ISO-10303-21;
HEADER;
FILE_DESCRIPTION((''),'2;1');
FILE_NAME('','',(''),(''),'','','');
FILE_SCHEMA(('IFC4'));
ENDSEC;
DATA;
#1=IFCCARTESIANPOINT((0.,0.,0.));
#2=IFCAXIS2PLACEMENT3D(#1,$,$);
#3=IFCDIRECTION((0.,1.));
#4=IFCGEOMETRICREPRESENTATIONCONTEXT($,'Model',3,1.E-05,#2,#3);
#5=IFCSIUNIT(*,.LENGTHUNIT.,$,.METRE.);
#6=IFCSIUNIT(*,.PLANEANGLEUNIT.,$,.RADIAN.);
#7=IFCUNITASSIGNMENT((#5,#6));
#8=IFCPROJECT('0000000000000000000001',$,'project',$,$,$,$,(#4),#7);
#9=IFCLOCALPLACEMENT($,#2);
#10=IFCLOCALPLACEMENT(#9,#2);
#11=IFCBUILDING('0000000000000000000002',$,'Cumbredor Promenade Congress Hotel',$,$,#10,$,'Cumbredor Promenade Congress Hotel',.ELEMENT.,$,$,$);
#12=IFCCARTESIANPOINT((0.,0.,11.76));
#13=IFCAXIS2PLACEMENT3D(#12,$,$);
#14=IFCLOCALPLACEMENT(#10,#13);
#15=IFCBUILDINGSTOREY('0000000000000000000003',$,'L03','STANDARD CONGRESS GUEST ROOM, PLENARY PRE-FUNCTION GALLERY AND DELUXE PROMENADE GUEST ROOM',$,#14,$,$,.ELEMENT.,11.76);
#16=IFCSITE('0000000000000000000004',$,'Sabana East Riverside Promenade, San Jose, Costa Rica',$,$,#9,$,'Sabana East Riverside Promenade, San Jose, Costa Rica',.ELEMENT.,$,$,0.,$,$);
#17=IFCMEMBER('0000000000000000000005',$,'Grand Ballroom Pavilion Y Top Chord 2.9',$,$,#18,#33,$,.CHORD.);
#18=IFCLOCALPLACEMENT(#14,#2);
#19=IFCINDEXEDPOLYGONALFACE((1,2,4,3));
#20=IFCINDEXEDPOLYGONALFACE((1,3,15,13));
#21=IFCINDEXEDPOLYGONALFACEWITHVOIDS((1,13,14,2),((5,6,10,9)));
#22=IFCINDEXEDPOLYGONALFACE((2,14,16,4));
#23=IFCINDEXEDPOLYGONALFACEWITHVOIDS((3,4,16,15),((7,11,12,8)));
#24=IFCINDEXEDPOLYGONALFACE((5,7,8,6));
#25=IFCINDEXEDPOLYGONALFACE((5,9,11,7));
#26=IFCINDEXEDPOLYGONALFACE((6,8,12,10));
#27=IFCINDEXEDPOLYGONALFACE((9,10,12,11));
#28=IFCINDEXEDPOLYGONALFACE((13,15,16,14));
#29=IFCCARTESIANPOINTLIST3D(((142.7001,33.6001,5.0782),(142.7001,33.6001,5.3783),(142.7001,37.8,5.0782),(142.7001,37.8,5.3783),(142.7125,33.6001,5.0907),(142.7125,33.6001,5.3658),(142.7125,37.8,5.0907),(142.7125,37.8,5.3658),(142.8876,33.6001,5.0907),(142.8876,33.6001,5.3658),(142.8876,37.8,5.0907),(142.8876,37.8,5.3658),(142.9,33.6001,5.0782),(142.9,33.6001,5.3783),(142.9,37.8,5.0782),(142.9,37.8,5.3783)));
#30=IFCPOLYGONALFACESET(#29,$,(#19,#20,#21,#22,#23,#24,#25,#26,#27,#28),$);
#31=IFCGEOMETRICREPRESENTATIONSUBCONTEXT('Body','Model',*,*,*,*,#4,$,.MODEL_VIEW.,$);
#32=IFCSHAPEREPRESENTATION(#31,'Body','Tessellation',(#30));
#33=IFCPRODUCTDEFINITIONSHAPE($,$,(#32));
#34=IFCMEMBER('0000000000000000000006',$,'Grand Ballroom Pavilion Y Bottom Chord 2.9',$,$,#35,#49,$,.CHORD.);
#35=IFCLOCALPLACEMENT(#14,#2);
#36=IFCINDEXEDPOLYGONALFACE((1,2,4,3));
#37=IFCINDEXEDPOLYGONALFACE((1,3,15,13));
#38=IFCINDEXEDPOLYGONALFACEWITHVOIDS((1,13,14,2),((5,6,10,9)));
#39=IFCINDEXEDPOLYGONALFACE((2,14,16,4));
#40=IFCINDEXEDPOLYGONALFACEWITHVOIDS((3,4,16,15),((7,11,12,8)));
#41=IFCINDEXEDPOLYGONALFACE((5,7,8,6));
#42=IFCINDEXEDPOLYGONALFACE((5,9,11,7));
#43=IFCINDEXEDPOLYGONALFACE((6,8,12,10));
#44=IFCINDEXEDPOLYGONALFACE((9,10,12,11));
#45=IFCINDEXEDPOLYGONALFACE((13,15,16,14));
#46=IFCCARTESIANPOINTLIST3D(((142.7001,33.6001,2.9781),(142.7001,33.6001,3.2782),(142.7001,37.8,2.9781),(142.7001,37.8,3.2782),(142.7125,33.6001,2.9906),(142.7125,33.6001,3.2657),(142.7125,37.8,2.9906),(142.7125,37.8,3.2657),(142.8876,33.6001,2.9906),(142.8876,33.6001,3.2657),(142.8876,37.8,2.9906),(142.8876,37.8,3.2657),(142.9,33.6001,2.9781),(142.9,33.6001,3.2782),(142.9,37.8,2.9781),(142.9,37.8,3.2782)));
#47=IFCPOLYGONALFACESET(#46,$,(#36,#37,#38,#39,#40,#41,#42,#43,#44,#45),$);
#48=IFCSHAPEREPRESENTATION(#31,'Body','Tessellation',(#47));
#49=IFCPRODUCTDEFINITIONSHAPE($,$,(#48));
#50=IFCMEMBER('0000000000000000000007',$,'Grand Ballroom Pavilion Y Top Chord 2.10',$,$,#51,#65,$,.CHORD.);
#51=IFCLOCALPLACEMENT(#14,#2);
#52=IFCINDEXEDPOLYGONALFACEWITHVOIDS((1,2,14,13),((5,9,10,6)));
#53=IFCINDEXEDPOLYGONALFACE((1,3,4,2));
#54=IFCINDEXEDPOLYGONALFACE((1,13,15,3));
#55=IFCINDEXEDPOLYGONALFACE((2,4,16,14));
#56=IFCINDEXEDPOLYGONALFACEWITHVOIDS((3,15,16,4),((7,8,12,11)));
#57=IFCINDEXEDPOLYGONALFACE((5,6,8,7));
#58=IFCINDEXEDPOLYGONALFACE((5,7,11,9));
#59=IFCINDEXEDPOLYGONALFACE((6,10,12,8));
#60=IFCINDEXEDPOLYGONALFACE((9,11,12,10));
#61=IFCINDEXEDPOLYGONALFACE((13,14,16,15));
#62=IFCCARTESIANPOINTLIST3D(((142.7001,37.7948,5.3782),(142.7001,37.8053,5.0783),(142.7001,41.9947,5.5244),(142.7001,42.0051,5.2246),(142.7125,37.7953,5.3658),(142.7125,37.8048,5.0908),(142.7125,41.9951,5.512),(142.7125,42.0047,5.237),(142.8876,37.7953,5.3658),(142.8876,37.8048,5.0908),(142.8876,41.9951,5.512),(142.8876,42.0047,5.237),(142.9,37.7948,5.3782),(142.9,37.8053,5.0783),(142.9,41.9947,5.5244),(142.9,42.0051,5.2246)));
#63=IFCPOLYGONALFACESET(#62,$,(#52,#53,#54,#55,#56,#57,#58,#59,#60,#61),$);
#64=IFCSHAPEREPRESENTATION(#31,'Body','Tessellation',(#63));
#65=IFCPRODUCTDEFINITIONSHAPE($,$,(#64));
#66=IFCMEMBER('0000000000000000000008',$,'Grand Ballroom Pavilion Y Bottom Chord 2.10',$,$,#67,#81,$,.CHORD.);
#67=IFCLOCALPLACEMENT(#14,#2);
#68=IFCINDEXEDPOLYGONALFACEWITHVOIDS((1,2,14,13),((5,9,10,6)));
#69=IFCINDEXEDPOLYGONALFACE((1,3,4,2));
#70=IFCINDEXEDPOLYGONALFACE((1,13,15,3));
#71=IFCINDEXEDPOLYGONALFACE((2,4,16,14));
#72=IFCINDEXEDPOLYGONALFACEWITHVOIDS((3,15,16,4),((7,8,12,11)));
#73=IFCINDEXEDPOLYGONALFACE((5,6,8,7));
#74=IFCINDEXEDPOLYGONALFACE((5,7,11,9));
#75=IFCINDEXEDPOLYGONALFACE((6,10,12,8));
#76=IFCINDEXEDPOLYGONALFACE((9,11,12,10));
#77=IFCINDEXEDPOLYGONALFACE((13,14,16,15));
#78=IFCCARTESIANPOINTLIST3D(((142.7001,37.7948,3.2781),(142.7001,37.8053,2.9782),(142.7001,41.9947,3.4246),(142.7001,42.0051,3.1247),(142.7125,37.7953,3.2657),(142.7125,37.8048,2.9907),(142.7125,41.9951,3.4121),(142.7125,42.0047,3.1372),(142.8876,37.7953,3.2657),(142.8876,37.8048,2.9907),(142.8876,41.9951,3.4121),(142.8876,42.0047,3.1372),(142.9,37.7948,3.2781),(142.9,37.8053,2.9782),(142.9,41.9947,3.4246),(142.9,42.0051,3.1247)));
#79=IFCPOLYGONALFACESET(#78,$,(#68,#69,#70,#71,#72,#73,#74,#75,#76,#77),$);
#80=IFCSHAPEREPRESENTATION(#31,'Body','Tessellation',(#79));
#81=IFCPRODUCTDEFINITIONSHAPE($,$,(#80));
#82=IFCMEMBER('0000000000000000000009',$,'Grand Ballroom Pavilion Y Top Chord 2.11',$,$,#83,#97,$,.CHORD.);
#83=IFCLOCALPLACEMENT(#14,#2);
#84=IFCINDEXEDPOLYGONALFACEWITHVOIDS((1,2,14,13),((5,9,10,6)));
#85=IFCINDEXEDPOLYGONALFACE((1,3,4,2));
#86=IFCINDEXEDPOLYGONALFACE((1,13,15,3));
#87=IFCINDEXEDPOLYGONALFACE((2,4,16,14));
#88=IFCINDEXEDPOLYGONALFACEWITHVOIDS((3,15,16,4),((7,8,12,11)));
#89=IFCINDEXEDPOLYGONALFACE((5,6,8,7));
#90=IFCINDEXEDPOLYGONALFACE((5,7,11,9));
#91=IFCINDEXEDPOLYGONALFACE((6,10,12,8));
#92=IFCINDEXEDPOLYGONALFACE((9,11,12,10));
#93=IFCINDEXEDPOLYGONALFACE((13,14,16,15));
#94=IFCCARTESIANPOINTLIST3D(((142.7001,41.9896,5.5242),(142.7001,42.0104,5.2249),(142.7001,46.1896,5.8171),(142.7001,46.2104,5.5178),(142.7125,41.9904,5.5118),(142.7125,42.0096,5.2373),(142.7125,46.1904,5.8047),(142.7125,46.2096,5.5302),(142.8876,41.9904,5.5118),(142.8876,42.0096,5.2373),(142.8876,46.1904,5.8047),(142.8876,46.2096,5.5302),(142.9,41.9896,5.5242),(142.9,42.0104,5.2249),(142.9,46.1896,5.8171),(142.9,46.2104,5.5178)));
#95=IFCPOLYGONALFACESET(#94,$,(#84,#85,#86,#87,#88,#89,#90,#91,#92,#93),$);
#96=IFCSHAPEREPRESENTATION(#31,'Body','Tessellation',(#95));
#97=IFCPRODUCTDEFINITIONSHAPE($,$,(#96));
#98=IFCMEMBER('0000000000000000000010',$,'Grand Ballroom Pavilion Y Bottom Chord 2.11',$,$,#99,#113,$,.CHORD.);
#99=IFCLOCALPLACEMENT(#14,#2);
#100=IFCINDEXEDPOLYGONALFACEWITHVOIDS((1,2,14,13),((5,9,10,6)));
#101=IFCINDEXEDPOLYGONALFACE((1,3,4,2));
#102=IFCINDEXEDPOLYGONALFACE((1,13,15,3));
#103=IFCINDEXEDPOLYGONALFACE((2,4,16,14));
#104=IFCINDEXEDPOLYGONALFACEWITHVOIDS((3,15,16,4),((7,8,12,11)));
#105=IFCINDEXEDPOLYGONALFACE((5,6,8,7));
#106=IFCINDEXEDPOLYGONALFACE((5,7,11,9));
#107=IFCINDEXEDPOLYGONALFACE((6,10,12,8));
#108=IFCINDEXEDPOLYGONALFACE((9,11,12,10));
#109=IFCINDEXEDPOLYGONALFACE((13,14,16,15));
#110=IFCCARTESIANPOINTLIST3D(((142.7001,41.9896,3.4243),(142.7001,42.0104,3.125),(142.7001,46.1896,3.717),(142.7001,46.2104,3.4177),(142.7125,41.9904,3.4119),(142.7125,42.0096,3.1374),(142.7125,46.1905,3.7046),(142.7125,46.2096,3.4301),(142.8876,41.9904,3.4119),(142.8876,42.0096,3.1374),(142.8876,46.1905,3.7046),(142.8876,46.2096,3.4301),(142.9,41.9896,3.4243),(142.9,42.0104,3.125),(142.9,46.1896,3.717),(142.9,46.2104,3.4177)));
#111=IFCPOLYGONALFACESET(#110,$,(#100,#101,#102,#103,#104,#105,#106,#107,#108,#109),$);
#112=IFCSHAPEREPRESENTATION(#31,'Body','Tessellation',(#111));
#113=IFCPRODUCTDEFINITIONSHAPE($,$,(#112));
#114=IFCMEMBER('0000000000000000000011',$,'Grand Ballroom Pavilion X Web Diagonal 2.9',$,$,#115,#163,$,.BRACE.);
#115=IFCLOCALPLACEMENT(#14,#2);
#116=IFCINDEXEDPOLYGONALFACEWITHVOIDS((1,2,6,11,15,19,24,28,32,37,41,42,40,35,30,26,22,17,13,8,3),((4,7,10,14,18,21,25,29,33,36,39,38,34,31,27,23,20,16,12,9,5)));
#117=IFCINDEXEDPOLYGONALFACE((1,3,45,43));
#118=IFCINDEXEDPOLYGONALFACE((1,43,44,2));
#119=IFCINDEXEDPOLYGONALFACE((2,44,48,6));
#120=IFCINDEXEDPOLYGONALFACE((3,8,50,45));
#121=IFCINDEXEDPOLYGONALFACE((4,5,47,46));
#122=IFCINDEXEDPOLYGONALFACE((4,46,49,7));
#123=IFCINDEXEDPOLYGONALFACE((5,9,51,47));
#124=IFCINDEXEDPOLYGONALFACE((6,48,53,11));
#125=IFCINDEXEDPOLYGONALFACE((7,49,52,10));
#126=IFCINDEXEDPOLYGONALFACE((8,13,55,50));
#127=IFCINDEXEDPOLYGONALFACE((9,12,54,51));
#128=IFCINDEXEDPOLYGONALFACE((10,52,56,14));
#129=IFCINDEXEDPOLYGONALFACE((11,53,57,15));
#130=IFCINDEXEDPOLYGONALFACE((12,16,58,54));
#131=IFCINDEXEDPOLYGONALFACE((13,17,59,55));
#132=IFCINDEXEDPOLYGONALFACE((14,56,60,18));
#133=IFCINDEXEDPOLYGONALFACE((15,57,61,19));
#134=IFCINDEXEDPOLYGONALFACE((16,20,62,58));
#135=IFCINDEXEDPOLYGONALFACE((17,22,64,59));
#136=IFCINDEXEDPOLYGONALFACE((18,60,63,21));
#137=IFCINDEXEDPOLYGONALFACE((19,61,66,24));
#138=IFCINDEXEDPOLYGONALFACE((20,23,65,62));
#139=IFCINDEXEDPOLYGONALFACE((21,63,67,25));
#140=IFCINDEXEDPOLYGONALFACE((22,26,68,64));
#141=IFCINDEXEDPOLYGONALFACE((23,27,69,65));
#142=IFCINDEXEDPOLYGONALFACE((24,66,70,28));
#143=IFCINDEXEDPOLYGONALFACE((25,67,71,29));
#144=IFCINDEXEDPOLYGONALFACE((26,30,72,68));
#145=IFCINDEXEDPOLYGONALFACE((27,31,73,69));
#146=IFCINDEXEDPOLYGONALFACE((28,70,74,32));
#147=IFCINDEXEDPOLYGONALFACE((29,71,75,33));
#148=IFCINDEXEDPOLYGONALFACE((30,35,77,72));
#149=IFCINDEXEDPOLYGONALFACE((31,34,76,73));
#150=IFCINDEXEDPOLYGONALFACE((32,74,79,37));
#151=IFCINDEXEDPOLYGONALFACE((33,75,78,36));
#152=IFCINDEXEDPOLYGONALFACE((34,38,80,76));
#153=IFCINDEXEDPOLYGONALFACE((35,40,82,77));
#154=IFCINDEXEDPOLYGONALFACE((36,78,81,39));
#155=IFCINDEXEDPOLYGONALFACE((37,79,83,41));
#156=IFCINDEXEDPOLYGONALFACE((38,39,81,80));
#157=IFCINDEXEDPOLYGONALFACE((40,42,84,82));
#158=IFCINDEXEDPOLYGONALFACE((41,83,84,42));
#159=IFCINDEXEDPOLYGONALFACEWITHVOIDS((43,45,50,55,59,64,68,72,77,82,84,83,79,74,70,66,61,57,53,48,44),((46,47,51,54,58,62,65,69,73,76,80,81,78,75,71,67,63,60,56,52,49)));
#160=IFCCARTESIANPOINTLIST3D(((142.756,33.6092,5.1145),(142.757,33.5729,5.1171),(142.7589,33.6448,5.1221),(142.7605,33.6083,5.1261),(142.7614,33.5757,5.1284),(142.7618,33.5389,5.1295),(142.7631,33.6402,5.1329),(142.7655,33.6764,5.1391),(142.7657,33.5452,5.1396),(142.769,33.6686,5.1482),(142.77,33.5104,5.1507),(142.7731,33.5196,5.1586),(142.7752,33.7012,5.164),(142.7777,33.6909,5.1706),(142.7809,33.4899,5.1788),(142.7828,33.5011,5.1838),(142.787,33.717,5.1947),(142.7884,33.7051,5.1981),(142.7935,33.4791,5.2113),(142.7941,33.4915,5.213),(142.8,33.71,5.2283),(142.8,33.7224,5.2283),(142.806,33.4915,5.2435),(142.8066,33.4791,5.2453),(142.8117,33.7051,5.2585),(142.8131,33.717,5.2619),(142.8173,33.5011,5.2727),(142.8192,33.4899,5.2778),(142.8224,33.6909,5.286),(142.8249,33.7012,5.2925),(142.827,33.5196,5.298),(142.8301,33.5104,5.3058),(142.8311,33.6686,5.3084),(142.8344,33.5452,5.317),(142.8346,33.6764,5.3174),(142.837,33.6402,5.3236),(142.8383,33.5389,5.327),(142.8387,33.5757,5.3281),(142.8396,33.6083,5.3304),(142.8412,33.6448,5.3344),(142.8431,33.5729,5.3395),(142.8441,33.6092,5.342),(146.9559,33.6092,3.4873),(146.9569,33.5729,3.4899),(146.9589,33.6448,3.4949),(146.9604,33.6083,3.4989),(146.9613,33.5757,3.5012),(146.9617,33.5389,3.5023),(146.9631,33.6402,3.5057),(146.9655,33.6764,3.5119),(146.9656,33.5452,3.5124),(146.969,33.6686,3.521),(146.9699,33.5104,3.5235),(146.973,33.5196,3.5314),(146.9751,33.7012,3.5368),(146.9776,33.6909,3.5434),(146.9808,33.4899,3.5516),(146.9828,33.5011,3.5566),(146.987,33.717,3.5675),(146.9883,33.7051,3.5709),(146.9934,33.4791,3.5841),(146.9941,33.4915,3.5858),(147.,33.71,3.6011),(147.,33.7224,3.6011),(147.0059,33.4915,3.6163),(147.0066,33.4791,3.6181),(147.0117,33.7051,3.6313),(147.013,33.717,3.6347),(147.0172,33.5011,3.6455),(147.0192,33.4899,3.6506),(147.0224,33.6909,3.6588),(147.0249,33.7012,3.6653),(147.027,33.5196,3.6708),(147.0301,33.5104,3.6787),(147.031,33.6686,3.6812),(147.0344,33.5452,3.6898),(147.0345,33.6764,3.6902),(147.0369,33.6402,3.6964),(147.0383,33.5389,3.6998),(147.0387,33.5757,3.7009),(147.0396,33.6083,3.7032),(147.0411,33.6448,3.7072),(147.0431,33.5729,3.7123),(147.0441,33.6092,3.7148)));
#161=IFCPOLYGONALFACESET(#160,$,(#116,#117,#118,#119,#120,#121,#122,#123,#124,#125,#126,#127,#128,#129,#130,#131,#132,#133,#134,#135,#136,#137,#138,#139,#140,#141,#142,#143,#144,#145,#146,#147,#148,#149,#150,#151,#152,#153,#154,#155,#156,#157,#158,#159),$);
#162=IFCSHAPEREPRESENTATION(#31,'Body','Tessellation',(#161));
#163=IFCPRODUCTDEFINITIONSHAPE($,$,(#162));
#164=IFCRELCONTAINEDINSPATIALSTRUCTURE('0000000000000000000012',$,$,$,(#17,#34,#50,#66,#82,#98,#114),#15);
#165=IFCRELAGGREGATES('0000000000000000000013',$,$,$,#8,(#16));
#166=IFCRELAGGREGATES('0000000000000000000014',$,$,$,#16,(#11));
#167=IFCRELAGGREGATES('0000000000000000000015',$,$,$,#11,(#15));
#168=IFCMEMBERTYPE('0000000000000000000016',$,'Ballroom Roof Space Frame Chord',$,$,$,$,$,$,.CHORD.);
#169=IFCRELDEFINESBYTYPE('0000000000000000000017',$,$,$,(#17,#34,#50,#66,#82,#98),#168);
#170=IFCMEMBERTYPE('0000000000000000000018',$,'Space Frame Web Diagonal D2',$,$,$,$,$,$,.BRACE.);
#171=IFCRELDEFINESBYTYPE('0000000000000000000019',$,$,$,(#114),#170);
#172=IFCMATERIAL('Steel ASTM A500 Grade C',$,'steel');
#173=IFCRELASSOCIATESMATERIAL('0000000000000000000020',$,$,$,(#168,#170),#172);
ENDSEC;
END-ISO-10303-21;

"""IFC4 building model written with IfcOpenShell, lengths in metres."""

from ifc_helpers import new_model, si_unit, direction, frame, origin, origin_2d, place, context, subcontext, project, spatial, hollow_rectangle, hollow_circle, extrude, material, material_profile, profile_set, type_object, element, save


model = new_model("IFC4")

# Units and contexts
model_context = context("Model", 3, precision=1e-05, world=origin(), true_north=direction((0.0, 1.0)))
body_context = subcontext(model_context, "Body", "Model", "MODEL_VIEW")
ifc_project = project(units=[si_unit("LENGTHUNIT", "METRE"), si_unit("PLANEANGLEUNIT", "RADIAN")], contexts=[model_context])

# Site, building, storey
site_placement = place(None, origin())
site = spatial("IfcSite", under=ifc_project, at=site_placement, Name="Sabana East Riverside Promenade, San Jose, Costa Rica", LongName="Sabana East Riverside Promenade, San Jose, Costa Rica", CompositionType="ELEMENT", RefElevation=0.0)
building_placement = place(site_placement, origin())
building = spatial("IfcBuilding", under=site, at=building_placement, Name="Cumbredor Promenade Congress Hotel", LongName="Cumbredor Promenade Congress Hotel", CompositionType="ELEMENT")
storey_placement = place(building_placement, frame((0.0, 0.0, 11.76)))
storey = spatial("IfcBuildingStorey", under=building, at=storey_placement, Name="L03", Description="STANDARD CONGRESS GUEST ROOM, PLENARY PRE-FUNCTION GALLERY AND DELUXE PROMENADE GUEST ROOM", CompositionType="ELEMENT", Elevation=11.76)

# Members
ifc_material_1 = material(Name="Steel ASTM A500 Grade C", Category="steel")
ifc_material_profile_1 = material_profile(ifc_material_1, hollow_rectangle(XDim=0.2, YDim=0.3, WallThickness=0.0125, at=origin_2d()), Name="HSS 300x200x12.5")
ifc_profile_set_1 = profile_set([ifc_material_profile_1], Name="Steel ASTM A500 Grade C")
member_type_1 = type_object("IfcMemberType", Name="Ballroom Roof Space Frame Chord", PredefinedType="CHORD", material=ifc_profile_set_1)
for number, where, z_axis, x_axis, name in (
    (1, (142.8, 33.6001, 5.2283), (0.0, 1.0, 0.0), (-1.0, 0.0, 0.0), "Grand Ballroom Pavilion Y Top Chord 2.9"),
    (2, (142.8, 33.6001, 3.1282), (0.0, 1.0, 0.0), (-1.0, 0.0, 0.0), "Grand Ballroom Pavilion Y Bottom Chord 2.9"),
):
    element("IfcMember", number, at=place(storey_placement, frame(where, z_axis=z_axis, x_axis=x_axis)), inside=storey, type_object=member_type_1, Name=name, PredefinedType="CHORD", context=body_context, shape_type="SweptSolid", body=[
        extrude(hollow_rectangle(XDim=0.2, YDim=0.3, WallThickness=0.0125, at=origin_2d()), origin(), (0.0, 0.0, 1.0), 4.2),
    ])
for number, where, z_axis, x_axis, name in (
    (3, (142.8, 37.8, 5.2283), (0.0, 0.999394, 0.034798), (-1.0, 0.0, 0.0), "Grand Ballroom Pavilion Y Top Chord 2.10"),
    (4, (142.8, 37.8, 3.1282), (0.0, 0.999392, 0.034856), (-1.0, 0.0, 0.0), "Grand Ballroom Pavilion Y Bottom Chord 2.10"),
):
    element("IfcMember", number, at=place(storey_placement, frame(where, z_axis=z_axis, x_axis=x_axis)), inside=storey, type_object=member_type_1, Name=name, PredefinedType="CHORD", context=body_context, shape_type="SweptSolid", body=[
        extrude(hollow_rectangle(XDim=0.2, YDim=0.3, WallThickness=0.0125, at=origin_2d()), origin(), (0.0, 0.0, 1.0), 4.2024),
    ])
for number, where, z_axis, x_axis, name in (
    (5, (142.8, 42.0, 5.3745), (0.0, 0.997576, 0.069586), (-1.0, 0.0, 0.0), "Grand Ballroom Pavilion Y Top Chord 2.11"),
    (6, (142.8, 42.0, 3.2747), (0.0, 0.99758, 0.069528), (-1.0, 0.0, 0.0), "Grand Ballroom Pavilion Y Bottom Chord 2.11"),
):
    element("IfcMember", number, at=place(storey_placement, frame(where, z_axis=z_axis, x_axis=x_axis)), inside=storey, type_object=member_type_1, Name=name, PredefinedType="CHORD", context=body_context, shape_type="SweptSolid", body=[
        extrude(hollow_rectangle(XDim=0.2, YDim=0.3, WallThickness=0.0125, at=origin_2d()), origin(), (0.0, 0.0, 1.0), 4.2102),
    ])
ifc_material_profile_2 = material_profile(ifc_material_1, hollow_circle(Radius=0.1223, WallThickness=0.0125, at=origin_2d()), Name="CHS 244.5x12.5")
ifc_profile_set_2 = profile_set([ifc_material_profile_2], Name="Steel ASTM A500 Grade C")
member_type_2 = type_object("IfcMemberType", Name="Space Frame Web Diagonal D2", PredefinedType="BRACE", material=ifc_profile_set_2)
for number, where, z_axis, x_axis, name in (
    (7, (142.8, 33.6001, 5.2283), (0.932463, 0.0, -0.361266), (0.0, 1.0, 0.0), "Grand Ballroom Pavilion X Web Diagonal 2.9"),
):
    element("IfcMember", number, at=place(storey_placement, frame(where, z_axis=z_axis, x_axis=x_axis)), inside=storey, type_object=member_type_2, Name=name, PredefinedType="BRACE", context=body_context, shape_type="SweptSolid", body=[
        extrude(hollow_circle(Radius=0.1223, WallThickness=0.0125, at=origin_2d()), origin(), (0.0, 0.0, 1.0), 4.5042),
    ])

save(model, "model.ifc")
